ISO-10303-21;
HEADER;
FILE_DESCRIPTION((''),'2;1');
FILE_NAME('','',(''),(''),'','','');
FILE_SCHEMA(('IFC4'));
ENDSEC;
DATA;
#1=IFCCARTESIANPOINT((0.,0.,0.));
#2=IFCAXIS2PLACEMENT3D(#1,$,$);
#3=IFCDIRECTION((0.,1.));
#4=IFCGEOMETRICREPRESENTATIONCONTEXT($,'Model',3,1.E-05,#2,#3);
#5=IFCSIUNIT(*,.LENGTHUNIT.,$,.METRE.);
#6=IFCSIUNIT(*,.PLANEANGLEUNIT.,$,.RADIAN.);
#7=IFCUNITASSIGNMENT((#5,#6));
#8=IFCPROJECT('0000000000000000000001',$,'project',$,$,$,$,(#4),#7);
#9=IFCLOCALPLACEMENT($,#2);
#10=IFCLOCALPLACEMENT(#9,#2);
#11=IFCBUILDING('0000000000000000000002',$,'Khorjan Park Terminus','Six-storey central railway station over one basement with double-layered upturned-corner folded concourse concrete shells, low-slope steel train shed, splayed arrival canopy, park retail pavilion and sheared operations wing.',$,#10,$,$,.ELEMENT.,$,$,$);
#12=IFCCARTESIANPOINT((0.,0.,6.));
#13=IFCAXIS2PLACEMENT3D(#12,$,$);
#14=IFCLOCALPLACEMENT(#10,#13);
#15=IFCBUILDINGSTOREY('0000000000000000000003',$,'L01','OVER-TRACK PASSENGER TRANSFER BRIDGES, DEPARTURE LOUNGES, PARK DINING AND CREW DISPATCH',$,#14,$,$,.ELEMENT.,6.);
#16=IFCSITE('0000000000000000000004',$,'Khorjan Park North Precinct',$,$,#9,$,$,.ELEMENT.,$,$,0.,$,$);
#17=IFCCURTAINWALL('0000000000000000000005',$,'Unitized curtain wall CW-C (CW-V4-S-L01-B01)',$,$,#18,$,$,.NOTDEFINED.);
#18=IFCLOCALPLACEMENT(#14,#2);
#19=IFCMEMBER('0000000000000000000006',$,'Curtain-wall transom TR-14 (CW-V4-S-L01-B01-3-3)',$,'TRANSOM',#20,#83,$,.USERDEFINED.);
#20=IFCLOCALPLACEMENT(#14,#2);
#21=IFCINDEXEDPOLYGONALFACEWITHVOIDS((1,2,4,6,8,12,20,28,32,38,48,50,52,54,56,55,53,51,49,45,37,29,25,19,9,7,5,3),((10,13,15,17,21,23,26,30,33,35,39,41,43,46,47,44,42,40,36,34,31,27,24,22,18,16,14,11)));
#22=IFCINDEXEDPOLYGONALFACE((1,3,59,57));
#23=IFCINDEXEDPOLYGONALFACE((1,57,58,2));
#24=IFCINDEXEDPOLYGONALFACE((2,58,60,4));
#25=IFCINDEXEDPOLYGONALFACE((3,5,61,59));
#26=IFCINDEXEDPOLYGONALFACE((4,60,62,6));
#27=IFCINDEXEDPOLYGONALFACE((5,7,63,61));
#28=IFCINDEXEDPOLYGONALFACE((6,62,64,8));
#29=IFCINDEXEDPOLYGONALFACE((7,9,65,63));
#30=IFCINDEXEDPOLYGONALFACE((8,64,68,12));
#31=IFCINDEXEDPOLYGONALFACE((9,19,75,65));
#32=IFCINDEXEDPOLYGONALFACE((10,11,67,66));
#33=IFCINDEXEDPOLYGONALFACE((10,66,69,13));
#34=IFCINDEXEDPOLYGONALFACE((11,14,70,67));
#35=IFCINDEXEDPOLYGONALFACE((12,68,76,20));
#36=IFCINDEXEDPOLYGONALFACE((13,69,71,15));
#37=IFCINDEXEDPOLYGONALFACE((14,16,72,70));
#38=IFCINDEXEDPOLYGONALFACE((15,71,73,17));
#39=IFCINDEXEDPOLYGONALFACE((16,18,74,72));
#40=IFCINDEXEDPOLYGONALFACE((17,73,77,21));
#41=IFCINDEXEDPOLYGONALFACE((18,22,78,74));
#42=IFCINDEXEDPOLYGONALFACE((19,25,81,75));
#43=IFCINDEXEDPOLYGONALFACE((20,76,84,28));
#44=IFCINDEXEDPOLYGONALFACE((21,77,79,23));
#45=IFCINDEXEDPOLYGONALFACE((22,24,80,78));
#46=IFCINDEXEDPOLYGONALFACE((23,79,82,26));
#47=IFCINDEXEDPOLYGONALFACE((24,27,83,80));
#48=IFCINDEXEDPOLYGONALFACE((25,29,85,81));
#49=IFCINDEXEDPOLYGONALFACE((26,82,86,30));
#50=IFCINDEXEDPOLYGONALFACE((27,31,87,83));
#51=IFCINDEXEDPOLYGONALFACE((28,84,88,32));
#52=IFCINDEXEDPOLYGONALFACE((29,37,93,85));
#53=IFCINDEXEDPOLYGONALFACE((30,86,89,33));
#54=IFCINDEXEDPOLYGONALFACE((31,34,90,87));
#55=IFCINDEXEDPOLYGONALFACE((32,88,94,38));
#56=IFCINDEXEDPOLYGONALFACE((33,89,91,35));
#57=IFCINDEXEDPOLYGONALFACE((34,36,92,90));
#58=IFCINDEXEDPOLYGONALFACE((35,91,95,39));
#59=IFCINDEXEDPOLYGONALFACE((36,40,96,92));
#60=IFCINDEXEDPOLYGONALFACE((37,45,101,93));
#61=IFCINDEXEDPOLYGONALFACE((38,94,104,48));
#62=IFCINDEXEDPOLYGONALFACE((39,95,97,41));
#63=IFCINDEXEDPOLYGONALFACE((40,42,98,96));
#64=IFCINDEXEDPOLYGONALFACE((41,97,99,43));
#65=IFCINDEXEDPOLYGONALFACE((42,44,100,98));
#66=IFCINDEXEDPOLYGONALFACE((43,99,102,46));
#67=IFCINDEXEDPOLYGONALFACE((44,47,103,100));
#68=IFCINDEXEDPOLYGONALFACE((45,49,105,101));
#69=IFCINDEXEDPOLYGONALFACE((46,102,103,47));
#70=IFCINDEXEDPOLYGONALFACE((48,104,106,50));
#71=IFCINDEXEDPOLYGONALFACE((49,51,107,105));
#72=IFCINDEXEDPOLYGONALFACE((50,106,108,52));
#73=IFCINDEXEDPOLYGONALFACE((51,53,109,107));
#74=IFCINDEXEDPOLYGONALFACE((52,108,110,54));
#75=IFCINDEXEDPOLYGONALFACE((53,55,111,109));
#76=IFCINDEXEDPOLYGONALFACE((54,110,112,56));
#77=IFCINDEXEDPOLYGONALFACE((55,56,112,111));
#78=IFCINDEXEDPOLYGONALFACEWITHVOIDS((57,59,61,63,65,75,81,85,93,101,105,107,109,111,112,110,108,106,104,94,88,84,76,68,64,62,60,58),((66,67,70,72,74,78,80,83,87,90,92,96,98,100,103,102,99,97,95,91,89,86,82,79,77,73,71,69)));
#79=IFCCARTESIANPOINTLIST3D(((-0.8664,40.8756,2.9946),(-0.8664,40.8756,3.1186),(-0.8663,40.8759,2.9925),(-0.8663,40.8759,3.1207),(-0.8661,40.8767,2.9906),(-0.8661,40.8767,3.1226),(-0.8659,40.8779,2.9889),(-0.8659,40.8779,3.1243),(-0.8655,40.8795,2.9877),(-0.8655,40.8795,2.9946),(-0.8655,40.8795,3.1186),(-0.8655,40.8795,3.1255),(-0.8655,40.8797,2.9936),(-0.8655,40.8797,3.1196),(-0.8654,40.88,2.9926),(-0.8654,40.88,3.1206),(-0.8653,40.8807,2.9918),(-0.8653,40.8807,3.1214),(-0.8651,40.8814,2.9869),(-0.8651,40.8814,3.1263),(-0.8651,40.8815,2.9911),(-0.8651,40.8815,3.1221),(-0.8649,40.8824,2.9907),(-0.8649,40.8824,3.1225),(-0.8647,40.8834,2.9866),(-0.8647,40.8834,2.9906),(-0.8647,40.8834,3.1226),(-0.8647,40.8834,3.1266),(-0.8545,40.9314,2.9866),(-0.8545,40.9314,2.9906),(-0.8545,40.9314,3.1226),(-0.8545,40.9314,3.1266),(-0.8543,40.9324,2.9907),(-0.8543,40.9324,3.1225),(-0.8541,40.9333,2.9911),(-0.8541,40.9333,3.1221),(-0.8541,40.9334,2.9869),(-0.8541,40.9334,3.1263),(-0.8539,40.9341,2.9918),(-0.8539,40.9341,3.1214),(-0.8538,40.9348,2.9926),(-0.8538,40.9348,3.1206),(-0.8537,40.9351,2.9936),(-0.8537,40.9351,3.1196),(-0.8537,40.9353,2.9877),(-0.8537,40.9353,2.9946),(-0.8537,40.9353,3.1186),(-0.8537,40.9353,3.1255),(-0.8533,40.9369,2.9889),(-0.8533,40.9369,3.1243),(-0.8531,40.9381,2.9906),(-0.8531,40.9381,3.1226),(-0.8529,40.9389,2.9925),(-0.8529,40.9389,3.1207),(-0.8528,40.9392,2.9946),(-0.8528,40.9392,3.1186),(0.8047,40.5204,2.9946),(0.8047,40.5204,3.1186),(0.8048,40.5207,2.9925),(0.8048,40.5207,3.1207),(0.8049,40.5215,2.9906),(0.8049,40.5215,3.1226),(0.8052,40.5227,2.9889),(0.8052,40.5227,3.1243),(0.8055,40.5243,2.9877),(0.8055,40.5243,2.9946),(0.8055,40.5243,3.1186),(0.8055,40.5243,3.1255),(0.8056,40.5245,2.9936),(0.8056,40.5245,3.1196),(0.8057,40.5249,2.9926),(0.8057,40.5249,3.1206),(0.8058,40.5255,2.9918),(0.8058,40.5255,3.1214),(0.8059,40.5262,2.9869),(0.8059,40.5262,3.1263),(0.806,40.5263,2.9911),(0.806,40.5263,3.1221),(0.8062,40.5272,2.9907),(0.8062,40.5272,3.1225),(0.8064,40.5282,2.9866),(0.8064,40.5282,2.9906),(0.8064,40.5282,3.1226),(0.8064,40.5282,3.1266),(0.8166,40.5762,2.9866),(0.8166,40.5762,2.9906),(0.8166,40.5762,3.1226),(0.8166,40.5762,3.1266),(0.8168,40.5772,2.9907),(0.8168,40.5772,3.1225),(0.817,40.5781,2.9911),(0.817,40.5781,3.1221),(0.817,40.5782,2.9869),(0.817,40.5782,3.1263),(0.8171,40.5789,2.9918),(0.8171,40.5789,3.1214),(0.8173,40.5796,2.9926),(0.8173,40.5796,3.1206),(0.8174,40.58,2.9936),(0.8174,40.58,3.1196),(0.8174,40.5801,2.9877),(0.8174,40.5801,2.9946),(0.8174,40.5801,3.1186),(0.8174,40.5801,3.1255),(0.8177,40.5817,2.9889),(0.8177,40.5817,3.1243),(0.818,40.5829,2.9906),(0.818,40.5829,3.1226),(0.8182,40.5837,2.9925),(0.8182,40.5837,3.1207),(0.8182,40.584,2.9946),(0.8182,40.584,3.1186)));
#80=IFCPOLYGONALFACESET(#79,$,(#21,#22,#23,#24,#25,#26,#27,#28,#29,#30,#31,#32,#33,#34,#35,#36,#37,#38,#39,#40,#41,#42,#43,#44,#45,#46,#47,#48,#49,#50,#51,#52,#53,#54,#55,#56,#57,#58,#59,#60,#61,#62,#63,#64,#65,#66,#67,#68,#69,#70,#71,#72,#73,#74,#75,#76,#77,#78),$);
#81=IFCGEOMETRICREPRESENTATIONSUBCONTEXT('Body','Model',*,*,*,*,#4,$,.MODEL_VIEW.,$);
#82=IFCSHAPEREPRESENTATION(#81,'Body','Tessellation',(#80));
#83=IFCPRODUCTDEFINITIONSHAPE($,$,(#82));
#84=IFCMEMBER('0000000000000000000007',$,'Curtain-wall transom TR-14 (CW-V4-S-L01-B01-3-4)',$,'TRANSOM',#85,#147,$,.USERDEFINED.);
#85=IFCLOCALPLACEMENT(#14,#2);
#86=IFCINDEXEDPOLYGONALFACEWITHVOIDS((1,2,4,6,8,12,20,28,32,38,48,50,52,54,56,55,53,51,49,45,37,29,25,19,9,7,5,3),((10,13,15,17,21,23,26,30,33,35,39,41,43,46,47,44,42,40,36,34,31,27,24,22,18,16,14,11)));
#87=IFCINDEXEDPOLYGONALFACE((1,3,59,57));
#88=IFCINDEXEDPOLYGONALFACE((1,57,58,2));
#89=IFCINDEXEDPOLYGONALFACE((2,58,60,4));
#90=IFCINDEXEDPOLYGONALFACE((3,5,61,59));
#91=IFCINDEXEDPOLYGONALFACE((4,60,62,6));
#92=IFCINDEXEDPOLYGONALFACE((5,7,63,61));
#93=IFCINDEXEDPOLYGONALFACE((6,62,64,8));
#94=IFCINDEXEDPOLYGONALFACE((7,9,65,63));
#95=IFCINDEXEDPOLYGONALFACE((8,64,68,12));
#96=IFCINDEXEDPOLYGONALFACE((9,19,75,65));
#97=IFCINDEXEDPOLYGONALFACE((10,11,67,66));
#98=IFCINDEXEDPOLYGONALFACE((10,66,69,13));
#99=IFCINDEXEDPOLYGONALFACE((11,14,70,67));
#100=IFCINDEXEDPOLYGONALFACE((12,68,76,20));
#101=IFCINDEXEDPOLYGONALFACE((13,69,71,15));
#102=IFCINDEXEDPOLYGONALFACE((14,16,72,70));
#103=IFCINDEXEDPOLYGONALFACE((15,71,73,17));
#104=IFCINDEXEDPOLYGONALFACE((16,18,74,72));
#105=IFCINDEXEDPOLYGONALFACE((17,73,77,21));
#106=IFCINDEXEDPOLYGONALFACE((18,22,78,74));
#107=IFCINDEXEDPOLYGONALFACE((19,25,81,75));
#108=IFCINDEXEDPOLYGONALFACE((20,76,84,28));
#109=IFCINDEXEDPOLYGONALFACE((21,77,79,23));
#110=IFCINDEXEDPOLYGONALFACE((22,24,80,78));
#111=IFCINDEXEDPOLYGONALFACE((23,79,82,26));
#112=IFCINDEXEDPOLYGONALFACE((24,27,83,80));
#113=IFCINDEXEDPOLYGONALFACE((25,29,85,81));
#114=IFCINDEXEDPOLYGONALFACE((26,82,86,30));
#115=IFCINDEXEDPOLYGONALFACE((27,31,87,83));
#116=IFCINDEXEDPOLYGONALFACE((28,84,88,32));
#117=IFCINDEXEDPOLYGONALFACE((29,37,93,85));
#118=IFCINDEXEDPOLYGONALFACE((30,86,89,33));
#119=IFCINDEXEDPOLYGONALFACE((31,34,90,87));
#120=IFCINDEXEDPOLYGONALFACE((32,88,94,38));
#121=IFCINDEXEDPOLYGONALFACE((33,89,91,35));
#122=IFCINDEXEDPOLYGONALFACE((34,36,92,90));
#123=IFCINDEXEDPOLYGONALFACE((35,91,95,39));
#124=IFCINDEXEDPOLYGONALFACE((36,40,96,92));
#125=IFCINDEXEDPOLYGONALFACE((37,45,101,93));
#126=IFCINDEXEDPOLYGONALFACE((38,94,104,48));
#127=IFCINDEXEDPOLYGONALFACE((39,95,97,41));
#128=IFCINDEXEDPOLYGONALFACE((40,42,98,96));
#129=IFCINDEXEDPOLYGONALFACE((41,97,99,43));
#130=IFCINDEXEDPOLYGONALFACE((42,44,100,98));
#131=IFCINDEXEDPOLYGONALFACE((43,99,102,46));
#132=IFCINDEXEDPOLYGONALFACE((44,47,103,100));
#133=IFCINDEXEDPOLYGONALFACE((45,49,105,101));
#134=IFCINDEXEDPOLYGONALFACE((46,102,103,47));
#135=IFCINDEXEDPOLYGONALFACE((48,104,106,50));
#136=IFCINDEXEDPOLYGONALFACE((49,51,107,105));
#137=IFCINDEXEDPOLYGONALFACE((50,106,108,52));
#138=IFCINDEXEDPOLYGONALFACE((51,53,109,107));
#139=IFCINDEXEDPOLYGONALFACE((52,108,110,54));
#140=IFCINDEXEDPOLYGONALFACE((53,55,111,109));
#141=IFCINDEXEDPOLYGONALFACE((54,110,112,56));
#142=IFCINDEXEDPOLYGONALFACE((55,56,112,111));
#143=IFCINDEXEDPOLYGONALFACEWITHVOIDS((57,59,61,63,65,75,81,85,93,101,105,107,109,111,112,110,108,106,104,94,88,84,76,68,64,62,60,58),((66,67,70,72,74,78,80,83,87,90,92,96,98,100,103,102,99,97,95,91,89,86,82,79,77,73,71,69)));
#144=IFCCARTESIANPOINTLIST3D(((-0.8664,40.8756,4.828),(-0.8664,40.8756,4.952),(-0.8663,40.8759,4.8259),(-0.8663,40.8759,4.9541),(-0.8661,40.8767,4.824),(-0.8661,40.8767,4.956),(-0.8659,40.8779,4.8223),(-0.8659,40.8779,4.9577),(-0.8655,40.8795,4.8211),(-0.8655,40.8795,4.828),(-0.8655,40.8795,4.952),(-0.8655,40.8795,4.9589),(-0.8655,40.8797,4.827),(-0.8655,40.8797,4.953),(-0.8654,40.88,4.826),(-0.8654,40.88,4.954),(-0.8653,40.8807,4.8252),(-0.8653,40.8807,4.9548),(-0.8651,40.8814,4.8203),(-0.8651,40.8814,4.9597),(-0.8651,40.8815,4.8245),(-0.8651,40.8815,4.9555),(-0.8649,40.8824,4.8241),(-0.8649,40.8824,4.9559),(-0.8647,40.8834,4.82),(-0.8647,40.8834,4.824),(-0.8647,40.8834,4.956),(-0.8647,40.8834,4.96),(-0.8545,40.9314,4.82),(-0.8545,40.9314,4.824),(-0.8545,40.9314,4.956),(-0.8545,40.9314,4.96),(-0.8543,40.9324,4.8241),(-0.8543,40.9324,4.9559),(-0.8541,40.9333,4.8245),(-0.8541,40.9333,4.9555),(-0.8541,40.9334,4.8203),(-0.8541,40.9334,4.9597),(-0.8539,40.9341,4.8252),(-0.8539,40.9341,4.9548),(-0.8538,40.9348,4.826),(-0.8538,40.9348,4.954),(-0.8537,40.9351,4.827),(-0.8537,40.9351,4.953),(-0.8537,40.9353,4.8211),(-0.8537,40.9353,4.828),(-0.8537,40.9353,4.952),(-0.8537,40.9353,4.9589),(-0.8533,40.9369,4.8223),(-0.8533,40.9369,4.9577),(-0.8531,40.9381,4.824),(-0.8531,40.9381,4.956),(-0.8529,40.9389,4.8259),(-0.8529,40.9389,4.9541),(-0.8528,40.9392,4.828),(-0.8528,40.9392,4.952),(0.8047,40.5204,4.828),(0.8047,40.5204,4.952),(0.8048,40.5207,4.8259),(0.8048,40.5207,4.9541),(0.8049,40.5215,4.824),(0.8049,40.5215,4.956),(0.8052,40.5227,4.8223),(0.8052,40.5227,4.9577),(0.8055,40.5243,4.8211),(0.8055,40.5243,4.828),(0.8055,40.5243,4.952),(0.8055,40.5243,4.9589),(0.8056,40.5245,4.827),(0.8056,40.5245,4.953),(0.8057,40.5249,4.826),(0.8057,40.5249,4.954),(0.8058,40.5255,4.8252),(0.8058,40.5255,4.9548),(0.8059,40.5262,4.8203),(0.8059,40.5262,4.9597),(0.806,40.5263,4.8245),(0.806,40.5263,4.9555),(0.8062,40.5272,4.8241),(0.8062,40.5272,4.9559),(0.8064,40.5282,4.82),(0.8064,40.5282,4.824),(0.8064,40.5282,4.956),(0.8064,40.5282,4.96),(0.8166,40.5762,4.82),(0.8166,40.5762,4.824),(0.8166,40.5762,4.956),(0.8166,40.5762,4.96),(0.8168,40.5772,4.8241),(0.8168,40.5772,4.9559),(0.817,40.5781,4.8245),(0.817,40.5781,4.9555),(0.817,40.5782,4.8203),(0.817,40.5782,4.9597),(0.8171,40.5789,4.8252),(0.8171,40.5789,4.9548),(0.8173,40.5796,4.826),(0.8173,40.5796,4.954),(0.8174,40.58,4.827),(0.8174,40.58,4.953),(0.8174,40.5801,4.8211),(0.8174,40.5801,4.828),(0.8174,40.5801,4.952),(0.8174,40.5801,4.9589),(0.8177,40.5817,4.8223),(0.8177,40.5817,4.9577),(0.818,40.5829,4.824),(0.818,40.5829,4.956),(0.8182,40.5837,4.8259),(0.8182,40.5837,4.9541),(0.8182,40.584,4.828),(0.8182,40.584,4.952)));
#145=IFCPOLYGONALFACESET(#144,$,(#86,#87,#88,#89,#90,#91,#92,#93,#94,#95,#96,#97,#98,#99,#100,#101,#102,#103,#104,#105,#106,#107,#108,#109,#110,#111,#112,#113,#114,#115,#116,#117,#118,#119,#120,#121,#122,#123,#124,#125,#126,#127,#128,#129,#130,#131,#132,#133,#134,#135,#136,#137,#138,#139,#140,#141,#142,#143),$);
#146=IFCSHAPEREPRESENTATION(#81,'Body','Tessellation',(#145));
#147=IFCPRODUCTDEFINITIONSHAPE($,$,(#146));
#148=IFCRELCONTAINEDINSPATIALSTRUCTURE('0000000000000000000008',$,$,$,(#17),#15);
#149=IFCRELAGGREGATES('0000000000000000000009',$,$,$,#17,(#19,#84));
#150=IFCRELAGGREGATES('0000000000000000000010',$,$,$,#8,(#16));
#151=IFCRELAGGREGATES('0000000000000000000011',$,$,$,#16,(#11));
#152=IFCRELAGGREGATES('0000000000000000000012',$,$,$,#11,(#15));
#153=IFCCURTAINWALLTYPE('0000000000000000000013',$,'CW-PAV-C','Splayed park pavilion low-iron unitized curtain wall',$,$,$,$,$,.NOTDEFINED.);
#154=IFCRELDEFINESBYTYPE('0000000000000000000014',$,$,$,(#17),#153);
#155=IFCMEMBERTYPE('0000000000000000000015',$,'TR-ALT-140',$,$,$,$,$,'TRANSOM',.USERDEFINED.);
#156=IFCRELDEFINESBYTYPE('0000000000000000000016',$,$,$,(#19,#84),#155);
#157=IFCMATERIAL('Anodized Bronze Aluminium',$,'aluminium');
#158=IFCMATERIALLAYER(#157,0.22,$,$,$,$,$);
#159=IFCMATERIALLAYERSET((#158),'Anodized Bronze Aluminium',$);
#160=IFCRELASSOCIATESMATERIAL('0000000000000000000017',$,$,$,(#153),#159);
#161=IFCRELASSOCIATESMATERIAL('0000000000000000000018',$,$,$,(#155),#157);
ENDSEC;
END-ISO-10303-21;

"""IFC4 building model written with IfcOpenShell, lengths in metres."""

from ifc_helpers import new_model, si_unit, direction, frame, origin, origin_2d, place, context, subcontext, project, spatial, hollow_rectangle, extrude, material, layer, layer_set, material_profile, profile_set, type_object, element, aggregate, save


model = new_model("IFC4")

# Units and contexts
model_context = context("Model", 3, precision=1e-05, world=origin(), true_north=direction((0.0, 1.0)))
body_context = subcontext(model_context, "Body", "Model", "MODEL_VIEW")
ifc_project = project(units=[si_unit("LENGTHUNIT", "METRE"), si_unit("PLANEANGLEUNIT", "RADIAN")], contexts=[model_context])

# Site, building, storey
site_placement = place(None, origin())
site = spatial("IfcSite", under=ifc_project, at=site_placement, Name="Khorjan Park North Precinct", CompositionType="ELEMENT", RefElevation=0.0)
building_placement = place(site_placement, origin())
building = spatial("IfcBuilding", under=site, at=building_placement, Name="Khorjan Park Terminus", Description="Six-storey central railway station over one basement with double-layered upturned-corner folded concourse concrete shells, low-slope steel train shed, splayed arrival canopy, park retail pavilion and sheared operations wing.", CompositionType="ELEMENT")
storey_placement = place(building_placement, frame((0.0, 0.0, 6.0)))
storey = spatial("IfcBuildingStorey", under=building, at=storey_placement, Name="L01", Description="OVER-TRACK PASSENGER TRANSFER BRIDGES, DEPARTURE LOUNGES, PARK DINING AND CREW DISPATCH", CompositionType="ELEMENT", Elevation=6.0)

# Curtain wall, members
ifc_material_1 = material(Name="Anodized Bronze Aluminium", Category="aluminium")
ifc_layer_1 = layer(ifc_material_1, 0.22)
ifc_layer_set_1 = layer_set([ifc_layer_1], Name="Anodized Bronze Aluminium")
curtain_wall_type = type_object("IfcCurtainWallType", Name="CW-PAV-C", Description="Splayed park pavilion low-iron unitized curtain wall", PredefinedType="NOTDEFINED", material=ifc_layer_set_1)
curtain_wall_placement = place(storey_placement, origin())
curtain_wall = element("IfcCurtainWall", 1, at=curtain_wall_placement, inside=storey, type_object=curtain_wall_type, Name="Unitized curtain wall CW-C (CW-V4-S-L01-B01)", PredefinedType="NOTDEFINED")
ifc_material_profile_1 = material_profile(ifc_material_1, hollow_rectangle(XDim=0.065, YDim=0.14, WallThickness=0.004, InnerFilletRadius=0.004, OuterFilletRadius=0.008, at=origin_2d()), Name="ALT 65x140x4")
ifc_profile_set_1 = profile_set([ifc_material_profile_1], Name="Anodized Bronze Aluminium")
member_type_1 = type_object("IfcMemberType", Name="TR-ALT-140", ElementType="TRANSOM", PredefinedType="USERDEFINED", material=ifc_profile_set_1)
member_1_placement = place(storey_placement, frame((-0.8596, 40.9074, 3.0566), z_axis=(0.978148, -0.20791, 0.0), x_axis=(0.20791, 0.978148, 0.0)))
member_1 = element("IfcMember", 2, at=member_1_placement, type_object=member_type_1, Name="Curtain-wall transom TR-14 (CW-V4-S-L01-B01-3-3)", ObjectType="TRANSOM", PredefinedType="USERDEFINED", context=body_context, shape_type="SweptSolid", body=[
    extrude(hollow_rectangle(XDim=0.065, YDim=0.14, WallThickness=0.004, InnerFilletRadius=0.004, OuterFilletRadius=0.008, at=origin_2d()), origin(), (0.0, 0.0, 1.0), 1.7084),
])
member_2_placement = place(storey_placement, frame((-0.8596, 40.9074, 4.89), z_axis=(0.978148, -0.20791, 0.0), x_axis=(0.20791, 0.978148, 0.0)))
member_2 = element("IfcMember", 3, at=member_2_placement, type_object=member_type_1, Name="Curtain-wall transom TR-14 (CW-V4-S-L01-B01-3-4)", ObjectType="TRANSOM", PredefinedType="USERDEFINED", context=body_context, shape_type="SweptSolid", body=[
    extrude(hollow_rectangle(XDim=0.065, YDim=0.14, WallThickness=0.004, InnerFilletRadius=0.004, OuterFilletRadius=0.008, at=origin_2d()), origin(), (0.0, 0.0, 1.0), 1.7084),
])
aggregate(curtain_wall, [member_1, member_2])

save(model, "model.ifc")
